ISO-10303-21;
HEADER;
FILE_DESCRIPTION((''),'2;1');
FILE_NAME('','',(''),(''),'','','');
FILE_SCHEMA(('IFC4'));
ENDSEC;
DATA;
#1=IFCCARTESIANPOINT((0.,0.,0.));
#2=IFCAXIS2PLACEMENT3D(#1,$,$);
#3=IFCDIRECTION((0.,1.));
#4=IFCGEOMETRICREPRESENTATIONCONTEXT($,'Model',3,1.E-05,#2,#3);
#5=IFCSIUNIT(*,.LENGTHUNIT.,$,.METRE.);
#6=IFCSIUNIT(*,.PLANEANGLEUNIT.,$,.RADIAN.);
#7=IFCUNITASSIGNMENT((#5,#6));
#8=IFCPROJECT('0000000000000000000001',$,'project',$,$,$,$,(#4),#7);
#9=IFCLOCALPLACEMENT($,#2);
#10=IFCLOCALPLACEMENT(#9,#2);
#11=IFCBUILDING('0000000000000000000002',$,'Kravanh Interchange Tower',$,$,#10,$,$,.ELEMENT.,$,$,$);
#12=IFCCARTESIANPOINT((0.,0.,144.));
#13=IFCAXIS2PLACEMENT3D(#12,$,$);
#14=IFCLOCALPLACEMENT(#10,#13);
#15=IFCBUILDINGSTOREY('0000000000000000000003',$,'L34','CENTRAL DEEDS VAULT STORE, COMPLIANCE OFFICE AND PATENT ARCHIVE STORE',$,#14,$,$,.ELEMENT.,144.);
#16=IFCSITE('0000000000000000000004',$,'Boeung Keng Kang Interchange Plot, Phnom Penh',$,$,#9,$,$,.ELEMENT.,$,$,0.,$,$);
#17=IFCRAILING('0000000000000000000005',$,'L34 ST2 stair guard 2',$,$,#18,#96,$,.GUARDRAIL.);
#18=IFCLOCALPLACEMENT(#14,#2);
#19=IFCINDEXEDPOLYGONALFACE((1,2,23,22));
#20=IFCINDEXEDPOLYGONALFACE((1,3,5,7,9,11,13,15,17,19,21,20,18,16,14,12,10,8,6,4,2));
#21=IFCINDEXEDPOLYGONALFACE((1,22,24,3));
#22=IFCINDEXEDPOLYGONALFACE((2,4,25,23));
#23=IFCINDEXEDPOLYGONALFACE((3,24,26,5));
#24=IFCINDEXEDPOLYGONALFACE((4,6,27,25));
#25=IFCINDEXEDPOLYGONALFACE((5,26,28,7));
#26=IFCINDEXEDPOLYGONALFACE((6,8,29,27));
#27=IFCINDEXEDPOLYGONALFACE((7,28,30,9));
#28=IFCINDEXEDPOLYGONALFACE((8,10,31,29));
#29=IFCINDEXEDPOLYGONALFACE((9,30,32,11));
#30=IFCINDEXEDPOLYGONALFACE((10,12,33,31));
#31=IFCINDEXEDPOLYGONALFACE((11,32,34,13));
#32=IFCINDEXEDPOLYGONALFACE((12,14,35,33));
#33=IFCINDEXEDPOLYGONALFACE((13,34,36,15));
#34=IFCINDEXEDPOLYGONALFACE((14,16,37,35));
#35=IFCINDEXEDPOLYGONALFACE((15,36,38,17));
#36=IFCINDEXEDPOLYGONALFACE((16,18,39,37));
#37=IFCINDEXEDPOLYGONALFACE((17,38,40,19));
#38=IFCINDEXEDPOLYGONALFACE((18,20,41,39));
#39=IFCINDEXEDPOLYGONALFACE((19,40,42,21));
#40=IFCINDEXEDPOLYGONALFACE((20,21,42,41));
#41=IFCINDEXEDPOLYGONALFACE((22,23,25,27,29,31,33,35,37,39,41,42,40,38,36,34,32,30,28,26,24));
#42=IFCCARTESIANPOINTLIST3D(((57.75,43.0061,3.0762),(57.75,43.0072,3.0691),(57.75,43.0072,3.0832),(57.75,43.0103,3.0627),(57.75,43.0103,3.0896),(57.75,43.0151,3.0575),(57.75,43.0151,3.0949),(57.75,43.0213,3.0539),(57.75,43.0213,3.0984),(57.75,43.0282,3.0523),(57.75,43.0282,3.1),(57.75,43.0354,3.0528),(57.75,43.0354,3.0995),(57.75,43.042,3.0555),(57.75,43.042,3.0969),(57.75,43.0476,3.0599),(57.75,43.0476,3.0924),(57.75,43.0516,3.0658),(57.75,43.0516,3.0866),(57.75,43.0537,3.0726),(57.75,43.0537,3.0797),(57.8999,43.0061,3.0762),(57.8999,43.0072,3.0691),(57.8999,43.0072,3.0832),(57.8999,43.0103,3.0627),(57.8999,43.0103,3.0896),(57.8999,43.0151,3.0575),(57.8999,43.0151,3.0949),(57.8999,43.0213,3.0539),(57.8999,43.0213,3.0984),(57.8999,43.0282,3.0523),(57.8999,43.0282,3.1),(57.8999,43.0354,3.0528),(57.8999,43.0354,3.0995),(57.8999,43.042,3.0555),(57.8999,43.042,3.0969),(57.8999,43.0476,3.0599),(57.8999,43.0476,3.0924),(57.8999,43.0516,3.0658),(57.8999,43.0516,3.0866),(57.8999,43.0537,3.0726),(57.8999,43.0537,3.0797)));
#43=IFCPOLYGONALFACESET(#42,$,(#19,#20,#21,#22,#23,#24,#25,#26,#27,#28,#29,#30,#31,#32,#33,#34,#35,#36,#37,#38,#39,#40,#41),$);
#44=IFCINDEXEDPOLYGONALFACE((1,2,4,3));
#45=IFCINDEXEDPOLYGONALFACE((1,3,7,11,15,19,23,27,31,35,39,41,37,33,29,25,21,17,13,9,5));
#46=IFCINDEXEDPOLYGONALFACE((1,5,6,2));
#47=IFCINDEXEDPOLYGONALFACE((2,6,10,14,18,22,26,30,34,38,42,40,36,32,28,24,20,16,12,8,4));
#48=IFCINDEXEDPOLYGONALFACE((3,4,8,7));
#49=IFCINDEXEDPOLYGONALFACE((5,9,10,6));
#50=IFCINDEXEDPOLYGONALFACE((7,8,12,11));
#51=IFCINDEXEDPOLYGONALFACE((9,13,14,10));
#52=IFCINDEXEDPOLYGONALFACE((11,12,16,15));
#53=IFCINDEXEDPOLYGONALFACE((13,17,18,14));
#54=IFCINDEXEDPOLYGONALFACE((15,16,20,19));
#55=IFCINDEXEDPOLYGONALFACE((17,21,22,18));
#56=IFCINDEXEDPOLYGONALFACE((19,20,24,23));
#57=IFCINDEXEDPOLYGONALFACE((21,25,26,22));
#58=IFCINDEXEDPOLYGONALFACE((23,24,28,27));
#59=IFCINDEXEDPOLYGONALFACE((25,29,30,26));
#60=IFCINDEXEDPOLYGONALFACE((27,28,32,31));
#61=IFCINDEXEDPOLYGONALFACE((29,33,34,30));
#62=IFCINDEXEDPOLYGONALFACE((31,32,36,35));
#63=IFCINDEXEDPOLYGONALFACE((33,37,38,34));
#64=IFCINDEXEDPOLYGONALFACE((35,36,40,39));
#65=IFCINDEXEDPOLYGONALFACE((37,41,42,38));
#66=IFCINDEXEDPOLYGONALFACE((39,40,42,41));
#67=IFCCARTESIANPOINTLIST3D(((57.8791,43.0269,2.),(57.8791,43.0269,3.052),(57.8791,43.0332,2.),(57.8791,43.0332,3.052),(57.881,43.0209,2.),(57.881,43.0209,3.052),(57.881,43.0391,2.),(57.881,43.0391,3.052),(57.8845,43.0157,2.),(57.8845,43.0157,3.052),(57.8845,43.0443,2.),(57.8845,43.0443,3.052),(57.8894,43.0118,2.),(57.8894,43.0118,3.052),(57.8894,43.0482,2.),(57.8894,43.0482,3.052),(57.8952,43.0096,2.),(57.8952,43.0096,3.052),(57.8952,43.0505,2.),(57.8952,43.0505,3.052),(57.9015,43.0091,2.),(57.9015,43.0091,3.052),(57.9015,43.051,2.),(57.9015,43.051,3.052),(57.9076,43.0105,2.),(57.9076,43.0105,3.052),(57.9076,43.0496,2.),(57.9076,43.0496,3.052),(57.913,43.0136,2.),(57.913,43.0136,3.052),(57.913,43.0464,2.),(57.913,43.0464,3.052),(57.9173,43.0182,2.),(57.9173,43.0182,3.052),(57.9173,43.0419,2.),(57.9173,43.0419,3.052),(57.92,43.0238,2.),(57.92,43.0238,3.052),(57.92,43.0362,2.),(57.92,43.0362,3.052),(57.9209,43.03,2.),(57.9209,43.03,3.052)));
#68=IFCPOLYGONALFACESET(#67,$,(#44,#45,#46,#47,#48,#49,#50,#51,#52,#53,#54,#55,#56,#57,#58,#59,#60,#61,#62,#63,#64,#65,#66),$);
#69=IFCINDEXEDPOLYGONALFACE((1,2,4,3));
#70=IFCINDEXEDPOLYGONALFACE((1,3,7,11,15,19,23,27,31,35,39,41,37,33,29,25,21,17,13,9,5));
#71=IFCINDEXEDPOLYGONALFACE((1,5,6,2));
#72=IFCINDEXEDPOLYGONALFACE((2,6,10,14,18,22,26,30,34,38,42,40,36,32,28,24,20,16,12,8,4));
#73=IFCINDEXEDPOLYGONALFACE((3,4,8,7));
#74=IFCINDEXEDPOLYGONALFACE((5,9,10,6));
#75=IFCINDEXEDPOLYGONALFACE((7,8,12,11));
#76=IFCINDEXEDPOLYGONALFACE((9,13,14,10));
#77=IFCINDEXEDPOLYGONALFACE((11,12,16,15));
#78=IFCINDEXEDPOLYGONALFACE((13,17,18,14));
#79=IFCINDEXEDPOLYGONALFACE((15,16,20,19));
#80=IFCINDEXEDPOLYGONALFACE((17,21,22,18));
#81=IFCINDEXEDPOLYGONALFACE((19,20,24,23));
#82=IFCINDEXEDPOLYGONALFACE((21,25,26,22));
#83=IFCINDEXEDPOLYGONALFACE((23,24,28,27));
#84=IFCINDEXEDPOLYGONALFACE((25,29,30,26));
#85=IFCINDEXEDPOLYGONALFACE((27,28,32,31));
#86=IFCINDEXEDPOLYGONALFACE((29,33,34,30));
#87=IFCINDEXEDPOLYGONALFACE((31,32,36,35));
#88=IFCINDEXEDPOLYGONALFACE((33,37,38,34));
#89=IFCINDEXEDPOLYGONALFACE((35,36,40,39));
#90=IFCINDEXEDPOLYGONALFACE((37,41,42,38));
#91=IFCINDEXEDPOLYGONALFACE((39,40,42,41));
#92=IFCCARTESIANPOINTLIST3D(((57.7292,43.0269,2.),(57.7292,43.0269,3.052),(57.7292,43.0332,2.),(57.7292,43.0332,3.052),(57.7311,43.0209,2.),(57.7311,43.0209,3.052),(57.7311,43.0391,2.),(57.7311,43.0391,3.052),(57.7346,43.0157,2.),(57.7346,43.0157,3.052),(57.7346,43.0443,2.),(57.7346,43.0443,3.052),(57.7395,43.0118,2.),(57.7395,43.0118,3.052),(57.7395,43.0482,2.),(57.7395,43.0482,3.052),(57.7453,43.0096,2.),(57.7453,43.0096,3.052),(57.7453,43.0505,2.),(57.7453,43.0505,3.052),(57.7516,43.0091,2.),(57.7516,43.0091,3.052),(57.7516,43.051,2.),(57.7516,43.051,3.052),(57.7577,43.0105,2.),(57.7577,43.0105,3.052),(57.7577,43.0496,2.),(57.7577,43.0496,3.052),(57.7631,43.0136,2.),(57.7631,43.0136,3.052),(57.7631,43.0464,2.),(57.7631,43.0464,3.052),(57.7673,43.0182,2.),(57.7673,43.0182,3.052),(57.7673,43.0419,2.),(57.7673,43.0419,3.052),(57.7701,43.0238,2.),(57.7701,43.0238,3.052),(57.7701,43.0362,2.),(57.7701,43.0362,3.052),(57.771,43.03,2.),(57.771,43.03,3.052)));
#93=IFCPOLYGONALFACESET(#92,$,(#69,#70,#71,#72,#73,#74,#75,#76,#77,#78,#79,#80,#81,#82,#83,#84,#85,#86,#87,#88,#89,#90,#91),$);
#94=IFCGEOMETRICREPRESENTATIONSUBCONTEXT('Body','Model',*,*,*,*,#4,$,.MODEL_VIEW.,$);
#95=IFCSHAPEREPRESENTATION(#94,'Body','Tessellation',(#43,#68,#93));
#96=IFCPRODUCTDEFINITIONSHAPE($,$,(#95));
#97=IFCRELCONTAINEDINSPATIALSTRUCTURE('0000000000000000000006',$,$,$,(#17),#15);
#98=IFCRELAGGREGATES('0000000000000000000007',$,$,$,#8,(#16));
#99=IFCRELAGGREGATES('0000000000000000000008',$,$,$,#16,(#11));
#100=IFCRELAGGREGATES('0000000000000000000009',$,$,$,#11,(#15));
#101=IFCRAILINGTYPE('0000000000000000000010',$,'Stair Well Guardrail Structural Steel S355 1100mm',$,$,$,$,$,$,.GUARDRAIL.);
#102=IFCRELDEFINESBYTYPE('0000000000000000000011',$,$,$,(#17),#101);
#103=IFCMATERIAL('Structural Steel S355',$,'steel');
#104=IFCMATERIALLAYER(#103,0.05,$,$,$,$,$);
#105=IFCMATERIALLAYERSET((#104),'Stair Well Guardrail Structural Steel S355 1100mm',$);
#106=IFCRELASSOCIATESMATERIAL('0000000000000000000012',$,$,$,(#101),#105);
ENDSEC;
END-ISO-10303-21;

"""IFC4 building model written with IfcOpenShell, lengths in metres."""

from ifc_helpers import new_model, si_unit, direction, frame, origin, origin_2d, place, context, subcontext, project, spatial, circle, extrude, material, layer, layer_set, type_object, element, save


model = new_model("IFC4")

# Units and contexts
model_context = context("Model", 3, precision=1e-05, world=origin(), true_north=direction((0.0, 1.0)))
body_context = subcontext(model_context, "Body", "Model", "MODEL_VIEW")
ifc_project = project(units=[si_unit("LENGTHUNIT", "METRE"), si_unit("PLANEANGLEUNIT", "RADIAN")], contexts=[model_context])

# Site, building, storey
site_placement = place(None, origin())
site = spatial("IfcSite", under=ifc_project, at=site_placement, Name="Boeung Keng Kang Interchange Plot, Phnom Penh", CompositionType="ELEMENT", RefElevation=0.0)
building_placement = place(site_placement, origin())
building = spatial("IfcBuilding", under=site, at=building_placement, Name="Kravanh Interchange Tower", CompositionType="ELEMENT")
storey_placement = place(building_placement, frame((0.0, 0.0, 144.0)))
storey = spatial("IfcBuildingStorey", under=building, at=storey_placement, Name="L34", Description="CENTRAL DEEDS VAULT STORE, COMPLIANCE OFFICE AND PATENT ARCHIVE STORE", CompositionType="ELEMENT", Elevation=144.0)

# Railing
ifc_material_1 = material(Name="Structural Steel S355", Category="steel")
ifc_layer_1 = layer(ifc_material_1, 0.05)
ifc_layer_set_1 = layer_set([ifc_layer_1], Name="Stair Well Guardrail Structural Steel S355 1100mm")
railing_type_1 = type_object("IfcRailingType", Name="Stair Well Guardrail Structural Steel S355 1100mm", PredefinedType="GUARDRAIL", material=ifc_layer_set_1)
railing_1_placement = place(storey_placement, frame((57.8999, 43.03, 2.0)))
element("IfcRailing", 1, at=railing_1_placement, inside=storey, type_object=railing_type_1, Name="L34 ST2 stair guard 2", PredefinedType="GUARDRAIL", context=body_context, shape_type="SweptSolid", body=[
    extrude(circle(Radius=0.0239, at=origin_2d()), frame((0.0, 0.0, 1.0762), z_axis=(-1.0, 0.0, 0.0), x_axis=(0.0, -1.0, 0.0)), (0.0, 0.0, 1.0), 0.1499),
    extrude(circle(Radius=0.021, at=origin_2d()), origin(), (0.0, 0.0, 1.0), 1.052),
    extrude(circle(Radius=0.021, at=origin_2d()), frame((-0.1499, 0.0, 0.0)), (0.0, 0.0, 1.0), 1.052),
])

save(model, "model.ifc")
